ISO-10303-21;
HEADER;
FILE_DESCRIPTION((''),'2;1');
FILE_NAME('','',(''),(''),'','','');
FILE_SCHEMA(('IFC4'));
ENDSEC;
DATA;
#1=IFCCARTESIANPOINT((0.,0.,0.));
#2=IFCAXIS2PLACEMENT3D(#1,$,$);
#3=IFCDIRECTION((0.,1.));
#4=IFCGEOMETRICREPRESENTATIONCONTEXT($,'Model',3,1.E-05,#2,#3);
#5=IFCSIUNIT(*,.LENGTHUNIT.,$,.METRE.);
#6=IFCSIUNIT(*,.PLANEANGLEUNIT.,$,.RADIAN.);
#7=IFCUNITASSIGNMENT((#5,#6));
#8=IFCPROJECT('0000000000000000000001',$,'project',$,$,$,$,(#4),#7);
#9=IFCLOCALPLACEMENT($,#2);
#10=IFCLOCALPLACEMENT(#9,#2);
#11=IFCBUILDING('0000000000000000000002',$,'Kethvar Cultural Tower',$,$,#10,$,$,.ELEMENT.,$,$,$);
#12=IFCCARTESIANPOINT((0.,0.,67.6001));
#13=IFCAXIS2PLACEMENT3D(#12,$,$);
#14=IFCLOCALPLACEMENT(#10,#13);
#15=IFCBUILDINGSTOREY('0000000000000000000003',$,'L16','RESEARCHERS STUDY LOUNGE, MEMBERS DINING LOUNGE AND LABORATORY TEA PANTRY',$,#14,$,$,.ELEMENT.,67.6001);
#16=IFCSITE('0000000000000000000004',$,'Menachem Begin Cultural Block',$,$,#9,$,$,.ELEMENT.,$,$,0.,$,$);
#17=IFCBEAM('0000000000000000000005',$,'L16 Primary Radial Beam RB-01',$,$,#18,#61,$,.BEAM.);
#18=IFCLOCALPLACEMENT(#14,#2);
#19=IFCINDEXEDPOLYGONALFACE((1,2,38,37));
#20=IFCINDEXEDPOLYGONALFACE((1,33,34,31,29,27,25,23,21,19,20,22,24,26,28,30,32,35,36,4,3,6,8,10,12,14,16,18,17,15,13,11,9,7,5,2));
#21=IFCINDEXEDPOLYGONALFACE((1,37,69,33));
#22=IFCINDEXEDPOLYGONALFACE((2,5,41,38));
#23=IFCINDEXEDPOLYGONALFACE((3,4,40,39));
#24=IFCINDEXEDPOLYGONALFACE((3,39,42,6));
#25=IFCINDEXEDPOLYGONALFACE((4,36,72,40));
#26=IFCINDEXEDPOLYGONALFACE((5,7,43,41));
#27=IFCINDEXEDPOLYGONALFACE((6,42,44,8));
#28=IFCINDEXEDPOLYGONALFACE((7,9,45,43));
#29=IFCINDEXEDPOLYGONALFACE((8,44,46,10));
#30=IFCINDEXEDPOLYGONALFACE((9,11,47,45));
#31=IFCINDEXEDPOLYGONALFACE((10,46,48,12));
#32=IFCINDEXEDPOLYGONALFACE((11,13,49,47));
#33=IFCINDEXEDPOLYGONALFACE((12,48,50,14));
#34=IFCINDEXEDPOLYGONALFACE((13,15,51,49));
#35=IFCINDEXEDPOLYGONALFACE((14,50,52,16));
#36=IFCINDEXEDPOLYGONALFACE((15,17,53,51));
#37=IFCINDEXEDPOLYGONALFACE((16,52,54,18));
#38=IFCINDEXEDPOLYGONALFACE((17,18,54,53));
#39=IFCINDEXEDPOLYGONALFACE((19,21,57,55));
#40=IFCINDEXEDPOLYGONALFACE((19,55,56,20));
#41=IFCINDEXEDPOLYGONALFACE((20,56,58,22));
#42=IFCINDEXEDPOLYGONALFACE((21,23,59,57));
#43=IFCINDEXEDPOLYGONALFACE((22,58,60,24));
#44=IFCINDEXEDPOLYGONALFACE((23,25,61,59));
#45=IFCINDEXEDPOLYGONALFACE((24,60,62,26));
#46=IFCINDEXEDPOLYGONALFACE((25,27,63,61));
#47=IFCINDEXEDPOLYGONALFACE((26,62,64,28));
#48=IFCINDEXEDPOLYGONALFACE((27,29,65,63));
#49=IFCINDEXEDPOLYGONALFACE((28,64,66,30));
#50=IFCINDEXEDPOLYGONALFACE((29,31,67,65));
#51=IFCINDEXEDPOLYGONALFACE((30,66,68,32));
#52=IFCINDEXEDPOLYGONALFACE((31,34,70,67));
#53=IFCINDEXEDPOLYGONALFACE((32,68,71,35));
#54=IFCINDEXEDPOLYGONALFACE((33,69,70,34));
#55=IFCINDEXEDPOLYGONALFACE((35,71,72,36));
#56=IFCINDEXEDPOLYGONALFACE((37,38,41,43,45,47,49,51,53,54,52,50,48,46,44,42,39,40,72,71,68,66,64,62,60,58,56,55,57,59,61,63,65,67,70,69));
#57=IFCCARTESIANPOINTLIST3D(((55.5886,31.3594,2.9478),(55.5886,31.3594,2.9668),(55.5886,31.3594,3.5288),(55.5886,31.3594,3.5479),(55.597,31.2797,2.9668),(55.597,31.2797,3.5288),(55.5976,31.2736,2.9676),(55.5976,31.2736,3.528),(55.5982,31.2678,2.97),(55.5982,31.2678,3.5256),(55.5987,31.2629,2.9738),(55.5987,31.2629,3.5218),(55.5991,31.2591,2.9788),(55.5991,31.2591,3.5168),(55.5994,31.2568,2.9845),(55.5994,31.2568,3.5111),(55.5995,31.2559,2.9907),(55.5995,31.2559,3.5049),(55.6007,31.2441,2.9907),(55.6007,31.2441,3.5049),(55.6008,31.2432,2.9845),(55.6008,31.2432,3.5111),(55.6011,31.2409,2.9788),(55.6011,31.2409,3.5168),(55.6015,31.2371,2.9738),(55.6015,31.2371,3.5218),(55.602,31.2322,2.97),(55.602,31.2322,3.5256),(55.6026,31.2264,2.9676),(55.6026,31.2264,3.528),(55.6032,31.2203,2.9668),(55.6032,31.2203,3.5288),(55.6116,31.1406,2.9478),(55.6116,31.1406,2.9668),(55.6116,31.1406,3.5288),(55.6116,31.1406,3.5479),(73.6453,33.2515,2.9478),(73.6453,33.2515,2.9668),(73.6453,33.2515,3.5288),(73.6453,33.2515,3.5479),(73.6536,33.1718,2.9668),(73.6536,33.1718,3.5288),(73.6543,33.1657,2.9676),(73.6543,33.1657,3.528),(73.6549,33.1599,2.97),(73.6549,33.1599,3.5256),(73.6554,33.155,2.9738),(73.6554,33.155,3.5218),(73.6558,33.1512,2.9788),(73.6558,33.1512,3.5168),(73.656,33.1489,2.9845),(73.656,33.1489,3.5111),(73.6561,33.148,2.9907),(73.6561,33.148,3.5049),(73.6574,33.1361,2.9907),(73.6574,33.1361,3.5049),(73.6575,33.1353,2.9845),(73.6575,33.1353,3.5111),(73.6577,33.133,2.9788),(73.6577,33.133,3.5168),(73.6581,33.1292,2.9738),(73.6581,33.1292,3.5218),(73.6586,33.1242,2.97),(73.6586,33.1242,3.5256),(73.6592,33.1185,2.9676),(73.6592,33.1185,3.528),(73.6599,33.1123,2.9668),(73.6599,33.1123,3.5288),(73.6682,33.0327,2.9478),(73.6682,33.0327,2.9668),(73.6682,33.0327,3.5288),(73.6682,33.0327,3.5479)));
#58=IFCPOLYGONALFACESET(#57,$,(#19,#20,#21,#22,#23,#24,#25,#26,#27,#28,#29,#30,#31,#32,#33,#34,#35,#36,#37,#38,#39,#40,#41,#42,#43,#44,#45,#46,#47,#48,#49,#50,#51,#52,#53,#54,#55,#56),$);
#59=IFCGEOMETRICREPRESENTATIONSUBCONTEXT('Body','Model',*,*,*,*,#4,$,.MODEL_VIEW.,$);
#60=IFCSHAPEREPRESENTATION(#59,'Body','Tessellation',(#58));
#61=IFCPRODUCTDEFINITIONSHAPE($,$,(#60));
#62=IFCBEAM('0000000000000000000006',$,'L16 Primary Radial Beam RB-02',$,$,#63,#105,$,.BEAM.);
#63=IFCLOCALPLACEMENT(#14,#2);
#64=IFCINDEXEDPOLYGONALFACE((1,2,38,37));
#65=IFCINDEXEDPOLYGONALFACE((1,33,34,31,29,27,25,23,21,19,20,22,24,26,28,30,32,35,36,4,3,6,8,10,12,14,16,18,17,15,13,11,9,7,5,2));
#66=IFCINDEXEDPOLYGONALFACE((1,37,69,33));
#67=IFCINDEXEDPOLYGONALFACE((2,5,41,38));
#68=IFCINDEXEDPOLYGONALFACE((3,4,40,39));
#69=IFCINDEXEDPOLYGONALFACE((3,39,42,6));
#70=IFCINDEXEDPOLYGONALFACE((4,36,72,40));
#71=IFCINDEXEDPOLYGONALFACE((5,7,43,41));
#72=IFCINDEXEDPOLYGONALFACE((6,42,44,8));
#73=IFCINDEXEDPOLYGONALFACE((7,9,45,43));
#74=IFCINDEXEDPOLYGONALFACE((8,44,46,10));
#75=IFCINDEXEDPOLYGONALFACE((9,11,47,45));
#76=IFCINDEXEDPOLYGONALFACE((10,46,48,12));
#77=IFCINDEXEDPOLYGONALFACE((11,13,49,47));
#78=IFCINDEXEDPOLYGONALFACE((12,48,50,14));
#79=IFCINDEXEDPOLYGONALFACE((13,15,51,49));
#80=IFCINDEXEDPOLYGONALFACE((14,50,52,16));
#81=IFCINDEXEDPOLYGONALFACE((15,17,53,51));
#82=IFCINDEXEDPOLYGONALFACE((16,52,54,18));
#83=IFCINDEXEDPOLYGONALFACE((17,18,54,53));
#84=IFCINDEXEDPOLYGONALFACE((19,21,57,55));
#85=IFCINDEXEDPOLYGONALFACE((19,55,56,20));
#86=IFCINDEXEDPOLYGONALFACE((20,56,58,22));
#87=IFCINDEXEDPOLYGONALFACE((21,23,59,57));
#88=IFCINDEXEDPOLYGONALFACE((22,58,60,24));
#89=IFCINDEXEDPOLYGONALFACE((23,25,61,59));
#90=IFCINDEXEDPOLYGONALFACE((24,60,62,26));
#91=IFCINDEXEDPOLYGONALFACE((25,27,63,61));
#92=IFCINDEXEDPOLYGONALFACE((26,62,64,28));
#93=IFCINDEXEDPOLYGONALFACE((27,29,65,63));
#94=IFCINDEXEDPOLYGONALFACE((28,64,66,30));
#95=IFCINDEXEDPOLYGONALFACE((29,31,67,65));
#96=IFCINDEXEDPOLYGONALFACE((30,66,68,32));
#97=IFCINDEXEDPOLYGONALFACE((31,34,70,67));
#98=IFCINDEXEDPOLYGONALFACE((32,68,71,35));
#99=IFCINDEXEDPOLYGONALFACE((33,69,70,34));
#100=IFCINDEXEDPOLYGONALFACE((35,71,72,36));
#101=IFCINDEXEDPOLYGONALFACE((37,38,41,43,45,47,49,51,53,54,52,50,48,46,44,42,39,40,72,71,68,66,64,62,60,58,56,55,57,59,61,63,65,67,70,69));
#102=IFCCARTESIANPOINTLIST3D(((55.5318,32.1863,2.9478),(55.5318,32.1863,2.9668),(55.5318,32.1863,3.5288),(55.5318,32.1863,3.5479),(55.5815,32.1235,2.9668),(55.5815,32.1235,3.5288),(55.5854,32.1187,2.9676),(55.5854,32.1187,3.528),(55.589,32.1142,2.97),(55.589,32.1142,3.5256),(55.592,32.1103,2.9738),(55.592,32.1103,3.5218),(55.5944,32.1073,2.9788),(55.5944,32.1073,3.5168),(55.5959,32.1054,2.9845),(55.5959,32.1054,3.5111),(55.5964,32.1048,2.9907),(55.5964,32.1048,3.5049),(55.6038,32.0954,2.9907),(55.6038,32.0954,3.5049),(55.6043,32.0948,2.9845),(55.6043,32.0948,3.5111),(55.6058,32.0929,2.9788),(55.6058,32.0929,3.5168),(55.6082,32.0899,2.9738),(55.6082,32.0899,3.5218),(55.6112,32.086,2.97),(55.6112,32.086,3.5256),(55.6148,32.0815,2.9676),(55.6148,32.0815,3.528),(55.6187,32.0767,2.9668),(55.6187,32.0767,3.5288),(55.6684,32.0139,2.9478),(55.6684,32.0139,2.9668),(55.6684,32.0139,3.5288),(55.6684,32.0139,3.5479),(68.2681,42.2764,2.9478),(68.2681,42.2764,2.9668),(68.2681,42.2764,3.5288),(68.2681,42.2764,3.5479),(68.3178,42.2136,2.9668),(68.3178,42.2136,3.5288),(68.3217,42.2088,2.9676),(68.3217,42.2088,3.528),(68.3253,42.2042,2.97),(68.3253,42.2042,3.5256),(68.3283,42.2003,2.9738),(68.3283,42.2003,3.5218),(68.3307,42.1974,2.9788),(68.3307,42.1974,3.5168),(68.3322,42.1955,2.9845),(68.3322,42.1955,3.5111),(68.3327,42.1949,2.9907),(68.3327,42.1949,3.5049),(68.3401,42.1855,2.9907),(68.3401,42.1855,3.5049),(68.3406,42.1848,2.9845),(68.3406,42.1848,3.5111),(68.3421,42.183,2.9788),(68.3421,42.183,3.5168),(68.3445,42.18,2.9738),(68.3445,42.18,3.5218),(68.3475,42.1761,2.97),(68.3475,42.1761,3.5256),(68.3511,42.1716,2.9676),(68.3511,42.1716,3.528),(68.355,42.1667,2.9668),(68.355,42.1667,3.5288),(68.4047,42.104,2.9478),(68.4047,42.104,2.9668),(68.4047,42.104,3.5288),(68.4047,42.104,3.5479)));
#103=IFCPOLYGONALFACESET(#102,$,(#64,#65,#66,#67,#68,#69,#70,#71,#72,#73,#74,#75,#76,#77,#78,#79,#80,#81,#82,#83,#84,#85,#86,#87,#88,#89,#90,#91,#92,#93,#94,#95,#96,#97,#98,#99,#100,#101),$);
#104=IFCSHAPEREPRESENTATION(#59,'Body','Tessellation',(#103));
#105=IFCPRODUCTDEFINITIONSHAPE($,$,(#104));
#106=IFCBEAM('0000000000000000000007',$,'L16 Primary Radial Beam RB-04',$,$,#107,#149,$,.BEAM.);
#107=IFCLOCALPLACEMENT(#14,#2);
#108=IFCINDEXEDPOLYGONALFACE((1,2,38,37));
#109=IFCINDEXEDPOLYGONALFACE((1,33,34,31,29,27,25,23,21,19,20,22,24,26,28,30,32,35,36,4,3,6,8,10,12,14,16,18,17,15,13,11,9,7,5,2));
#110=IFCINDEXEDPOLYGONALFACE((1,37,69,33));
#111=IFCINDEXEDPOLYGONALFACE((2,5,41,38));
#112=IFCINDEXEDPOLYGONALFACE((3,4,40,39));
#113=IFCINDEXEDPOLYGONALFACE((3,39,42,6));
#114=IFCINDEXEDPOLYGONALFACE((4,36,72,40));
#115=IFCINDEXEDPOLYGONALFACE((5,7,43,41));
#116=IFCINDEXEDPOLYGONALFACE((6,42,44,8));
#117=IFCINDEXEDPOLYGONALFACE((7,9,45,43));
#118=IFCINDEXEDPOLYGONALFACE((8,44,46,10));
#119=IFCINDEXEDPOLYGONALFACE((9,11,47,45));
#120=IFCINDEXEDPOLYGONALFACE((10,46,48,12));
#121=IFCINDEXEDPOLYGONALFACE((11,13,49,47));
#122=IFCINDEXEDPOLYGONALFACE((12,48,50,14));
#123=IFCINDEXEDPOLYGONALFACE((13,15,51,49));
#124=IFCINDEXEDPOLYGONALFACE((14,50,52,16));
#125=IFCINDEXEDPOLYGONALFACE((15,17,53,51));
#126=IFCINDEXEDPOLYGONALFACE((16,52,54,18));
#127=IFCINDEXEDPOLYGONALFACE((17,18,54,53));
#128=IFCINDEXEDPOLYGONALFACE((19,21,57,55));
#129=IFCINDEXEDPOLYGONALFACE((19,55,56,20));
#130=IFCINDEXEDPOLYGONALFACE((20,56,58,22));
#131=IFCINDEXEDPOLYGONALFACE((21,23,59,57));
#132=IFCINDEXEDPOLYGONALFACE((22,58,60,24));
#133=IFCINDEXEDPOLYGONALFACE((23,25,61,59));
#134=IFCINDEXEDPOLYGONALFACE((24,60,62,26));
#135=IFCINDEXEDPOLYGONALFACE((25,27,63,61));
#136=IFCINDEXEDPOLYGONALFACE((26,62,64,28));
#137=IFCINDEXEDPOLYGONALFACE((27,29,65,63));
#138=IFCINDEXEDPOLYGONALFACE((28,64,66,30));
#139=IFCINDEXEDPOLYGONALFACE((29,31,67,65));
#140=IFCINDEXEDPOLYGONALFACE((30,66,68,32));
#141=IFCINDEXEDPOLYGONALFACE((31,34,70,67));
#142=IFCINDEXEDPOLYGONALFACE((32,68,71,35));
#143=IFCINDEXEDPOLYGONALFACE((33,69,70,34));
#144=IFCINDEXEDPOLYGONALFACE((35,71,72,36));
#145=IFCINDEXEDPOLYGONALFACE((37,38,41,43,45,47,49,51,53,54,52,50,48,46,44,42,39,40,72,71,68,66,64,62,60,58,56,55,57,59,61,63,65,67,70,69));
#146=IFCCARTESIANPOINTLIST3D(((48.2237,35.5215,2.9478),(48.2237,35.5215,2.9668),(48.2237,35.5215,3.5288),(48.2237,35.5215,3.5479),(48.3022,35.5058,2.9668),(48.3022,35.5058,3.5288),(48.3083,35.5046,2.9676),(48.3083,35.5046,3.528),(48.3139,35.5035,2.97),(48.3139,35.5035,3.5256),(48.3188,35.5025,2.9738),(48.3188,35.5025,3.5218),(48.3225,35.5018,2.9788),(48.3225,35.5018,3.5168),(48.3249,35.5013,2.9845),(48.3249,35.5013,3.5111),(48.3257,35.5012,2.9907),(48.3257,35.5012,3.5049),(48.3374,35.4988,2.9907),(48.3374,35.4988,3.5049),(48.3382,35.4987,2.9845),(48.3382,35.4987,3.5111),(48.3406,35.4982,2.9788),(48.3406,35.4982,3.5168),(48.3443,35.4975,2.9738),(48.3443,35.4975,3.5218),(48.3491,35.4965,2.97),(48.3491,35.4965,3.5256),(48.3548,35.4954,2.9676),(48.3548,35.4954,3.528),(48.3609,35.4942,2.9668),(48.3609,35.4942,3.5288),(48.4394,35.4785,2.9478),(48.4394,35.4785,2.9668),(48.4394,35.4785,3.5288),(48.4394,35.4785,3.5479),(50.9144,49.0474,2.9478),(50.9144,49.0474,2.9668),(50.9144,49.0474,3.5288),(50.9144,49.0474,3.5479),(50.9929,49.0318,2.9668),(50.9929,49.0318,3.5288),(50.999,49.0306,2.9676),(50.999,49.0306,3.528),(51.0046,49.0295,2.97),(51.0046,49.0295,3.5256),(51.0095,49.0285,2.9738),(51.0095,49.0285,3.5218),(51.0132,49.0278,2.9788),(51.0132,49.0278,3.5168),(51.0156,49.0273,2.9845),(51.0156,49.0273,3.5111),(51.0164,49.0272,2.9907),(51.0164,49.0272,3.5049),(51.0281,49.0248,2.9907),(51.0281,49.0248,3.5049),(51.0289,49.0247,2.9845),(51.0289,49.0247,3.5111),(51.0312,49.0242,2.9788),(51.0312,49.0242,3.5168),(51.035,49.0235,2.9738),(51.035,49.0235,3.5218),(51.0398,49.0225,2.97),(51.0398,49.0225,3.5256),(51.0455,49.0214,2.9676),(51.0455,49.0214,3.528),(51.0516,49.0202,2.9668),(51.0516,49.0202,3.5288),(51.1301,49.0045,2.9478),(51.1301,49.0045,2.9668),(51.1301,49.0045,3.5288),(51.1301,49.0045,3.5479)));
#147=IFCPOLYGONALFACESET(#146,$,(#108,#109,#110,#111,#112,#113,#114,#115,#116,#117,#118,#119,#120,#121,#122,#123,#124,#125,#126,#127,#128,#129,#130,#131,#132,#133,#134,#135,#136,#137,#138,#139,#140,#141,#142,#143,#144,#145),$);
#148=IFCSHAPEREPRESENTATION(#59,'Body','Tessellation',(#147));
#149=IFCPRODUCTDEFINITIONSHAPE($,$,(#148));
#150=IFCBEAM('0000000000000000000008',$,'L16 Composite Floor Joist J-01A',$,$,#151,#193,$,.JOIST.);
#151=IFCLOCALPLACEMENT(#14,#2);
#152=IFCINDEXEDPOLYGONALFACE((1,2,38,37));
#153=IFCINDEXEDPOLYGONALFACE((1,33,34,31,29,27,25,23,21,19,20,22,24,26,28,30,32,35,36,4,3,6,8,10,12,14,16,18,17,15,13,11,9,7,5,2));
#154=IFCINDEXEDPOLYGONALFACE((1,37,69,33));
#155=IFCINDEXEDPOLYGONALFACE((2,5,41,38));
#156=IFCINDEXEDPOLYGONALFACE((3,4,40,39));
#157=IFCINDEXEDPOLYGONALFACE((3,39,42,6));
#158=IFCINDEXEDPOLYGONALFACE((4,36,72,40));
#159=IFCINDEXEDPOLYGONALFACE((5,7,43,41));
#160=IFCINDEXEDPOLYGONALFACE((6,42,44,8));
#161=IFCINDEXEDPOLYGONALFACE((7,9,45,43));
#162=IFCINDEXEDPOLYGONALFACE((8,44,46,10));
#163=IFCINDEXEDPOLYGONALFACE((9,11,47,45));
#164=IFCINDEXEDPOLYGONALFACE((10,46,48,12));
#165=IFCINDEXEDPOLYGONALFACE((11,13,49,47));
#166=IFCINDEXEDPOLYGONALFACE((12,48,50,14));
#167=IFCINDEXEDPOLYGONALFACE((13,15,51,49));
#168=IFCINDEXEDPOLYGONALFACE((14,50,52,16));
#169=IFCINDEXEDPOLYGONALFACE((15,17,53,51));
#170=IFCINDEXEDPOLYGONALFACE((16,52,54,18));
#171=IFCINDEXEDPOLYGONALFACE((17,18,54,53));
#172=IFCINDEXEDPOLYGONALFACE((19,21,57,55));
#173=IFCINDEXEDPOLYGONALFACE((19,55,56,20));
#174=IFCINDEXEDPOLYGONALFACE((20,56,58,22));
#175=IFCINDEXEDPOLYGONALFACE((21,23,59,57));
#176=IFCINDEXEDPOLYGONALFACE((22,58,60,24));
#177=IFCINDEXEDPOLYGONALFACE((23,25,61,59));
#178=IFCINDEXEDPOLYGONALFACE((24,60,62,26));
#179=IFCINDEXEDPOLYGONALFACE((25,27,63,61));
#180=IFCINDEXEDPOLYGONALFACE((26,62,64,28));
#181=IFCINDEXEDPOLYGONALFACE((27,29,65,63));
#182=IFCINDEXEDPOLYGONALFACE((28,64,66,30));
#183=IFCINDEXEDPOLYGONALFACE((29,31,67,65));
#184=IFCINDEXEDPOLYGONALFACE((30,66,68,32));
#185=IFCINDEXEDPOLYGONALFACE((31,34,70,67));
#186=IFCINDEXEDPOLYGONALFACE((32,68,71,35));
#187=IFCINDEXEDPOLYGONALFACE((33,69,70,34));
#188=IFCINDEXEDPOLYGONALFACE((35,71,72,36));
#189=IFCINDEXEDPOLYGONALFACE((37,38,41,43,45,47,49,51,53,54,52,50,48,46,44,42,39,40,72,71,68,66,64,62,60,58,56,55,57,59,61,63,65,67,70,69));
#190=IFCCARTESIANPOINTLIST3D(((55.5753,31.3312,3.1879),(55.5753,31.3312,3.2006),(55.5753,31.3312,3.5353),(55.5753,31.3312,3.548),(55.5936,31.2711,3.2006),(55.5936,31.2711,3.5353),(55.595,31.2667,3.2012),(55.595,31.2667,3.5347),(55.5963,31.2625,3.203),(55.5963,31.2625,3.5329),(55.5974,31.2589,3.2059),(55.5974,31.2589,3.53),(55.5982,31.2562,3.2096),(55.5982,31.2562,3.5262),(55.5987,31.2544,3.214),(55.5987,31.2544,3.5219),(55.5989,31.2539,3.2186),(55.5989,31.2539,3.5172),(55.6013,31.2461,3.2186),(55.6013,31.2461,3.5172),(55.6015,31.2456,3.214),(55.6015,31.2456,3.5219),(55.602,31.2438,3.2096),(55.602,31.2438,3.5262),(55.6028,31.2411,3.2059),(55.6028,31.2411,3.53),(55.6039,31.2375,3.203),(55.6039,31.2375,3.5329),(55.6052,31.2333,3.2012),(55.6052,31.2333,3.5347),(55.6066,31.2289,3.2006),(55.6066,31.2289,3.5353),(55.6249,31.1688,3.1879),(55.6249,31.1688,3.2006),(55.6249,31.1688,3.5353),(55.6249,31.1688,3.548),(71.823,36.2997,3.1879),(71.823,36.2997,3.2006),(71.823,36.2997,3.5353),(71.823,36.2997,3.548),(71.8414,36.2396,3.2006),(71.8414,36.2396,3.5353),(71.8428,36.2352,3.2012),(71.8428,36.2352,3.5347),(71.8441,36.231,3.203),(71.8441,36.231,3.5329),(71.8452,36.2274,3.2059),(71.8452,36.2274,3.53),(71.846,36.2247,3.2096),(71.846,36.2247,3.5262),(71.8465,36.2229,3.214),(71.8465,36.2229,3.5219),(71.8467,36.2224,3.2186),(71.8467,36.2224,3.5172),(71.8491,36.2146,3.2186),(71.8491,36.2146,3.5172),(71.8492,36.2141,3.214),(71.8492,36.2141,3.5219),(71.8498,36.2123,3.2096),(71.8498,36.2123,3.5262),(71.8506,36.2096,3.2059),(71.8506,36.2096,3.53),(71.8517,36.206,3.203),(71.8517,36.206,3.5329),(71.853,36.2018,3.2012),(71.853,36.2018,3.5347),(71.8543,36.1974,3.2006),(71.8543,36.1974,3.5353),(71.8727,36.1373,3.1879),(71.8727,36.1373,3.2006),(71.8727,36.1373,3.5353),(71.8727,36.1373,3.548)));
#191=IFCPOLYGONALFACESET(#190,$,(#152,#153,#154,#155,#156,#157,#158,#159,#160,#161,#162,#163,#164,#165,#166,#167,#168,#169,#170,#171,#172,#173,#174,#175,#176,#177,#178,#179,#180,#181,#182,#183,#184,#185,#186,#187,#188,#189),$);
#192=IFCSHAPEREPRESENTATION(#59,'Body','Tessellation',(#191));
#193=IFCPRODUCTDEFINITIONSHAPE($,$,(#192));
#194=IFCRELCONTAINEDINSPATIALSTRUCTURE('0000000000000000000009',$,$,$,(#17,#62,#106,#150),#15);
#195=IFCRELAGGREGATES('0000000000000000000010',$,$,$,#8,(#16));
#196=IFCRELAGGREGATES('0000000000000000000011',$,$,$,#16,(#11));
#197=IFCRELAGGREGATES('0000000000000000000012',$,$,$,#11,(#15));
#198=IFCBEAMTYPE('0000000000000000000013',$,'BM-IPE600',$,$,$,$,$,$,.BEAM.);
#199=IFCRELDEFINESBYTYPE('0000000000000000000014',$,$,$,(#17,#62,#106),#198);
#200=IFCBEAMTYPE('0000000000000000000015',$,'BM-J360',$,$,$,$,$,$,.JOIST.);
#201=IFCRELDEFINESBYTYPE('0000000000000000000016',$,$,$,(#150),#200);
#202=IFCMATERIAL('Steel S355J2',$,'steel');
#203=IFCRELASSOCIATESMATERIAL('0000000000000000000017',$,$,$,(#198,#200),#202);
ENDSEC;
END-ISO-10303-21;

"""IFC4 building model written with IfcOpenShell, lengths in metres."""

from ifc_helpers import new_model, si_unit, direction, frame, origin, origin_2d, place, context, subcontext, project, spatial, i_section, extrude, source, transform, mapped, material, material_profile, profile_set, type_object, element, save


model = new_model("IFC4")

# Units and contexts
model_context = context("Model", 3, precision=1e-05, world=origin(), true_north=direction((0.0, 1.0)))
body_context = subcontext(model_context, "Body", "Model", "MODEL_VIEW")
ifc_project = project(units=[si_unit("LENGTHUNIT", "METRE"), si_unit("PLANEANGLEUNIT", "RADIAN")], contexts=[model_context])

# Site, building, storey
site_placement = place(None, origin())
site = spatial("IfcSite", under=ifc_project, at=site_placement, Name="Menachem Begin Cultural Block", CompositionType="ELEMENT", RefElevation=0.0)
building_placement = place(site_placement, origin())
building = spatial("IfcBuilding", under=site, at=building_placement, Name="Kethvar Cultural Tower", CompositionType="ELEMENT")
storey_placement = place(building_placement, frame((0.0, 0.0, 67.6001)))
storey = spatial("IfcBuildingStorey", under=building, at=storey_placement, Name="L16", Description="RESEARCHERS STUDY LOUNGE, MEMBERS DINING LOUNGE AND LABORATORY TEA PANTRY", CompositionType="ELEMENT", Elevation=67.6001)

# Beams
ifc_material_1 = material(Name="Steel S355J2", Category="steel")
ifc_material_profile_1 = material_profile(ifc_material_1, i_section(OverallWidth=0.22, OverallDepth=0.6001, WebThickness=0.012, FlangeThickness=0.019, FilletRadius=0.0239, at=origin_2d()), Name="Steel S355J2 — IPE600")
ifc_profile_set_1 = profile_set([ifc_material_profile_1], Name="Steel S355J2 — IPE600")
beam_type_1 = type_object("IfcBeamType", Name="BM-IPE600", PredefinedType="BEAM", material=ifc_profile_set_1)
shared_shape_1 = source(origin(), body_context, "Body", "SweptSolid", [
    extrude(i_section(OverallWidth=0.22, OverallDepth=0.6001, WebThickness=0.012, FlangeThickness=0.019, FilletRadius=0.0239, at=origin_2d()), origin(), (0.0, 0.0, 1.0), 18.1555),
])
beam_1_placement = place(storey_placement, frame((55.6001, 31.25, 3.2478), z_axis=(0.994555, 0.104216, 0.0), x_axis=(-0.104216, 0.994555, 0.0)))
element("IfcBeam", 1, at=beam_1_placement, inside=storey, type_object=beam_type_1, Name="L16 Primary Radial Beam RB-01", PredefinedType="BEAM", context=body_context, shape_type="MappedRepresentation", body=[
    mapped(shared_shape_1, transform((0.0, 0.0, 0.0), scale=1.0)),
])
shared_shape_2 = source(origin(), body_context, "Body", "SweptSolid", [
    extrude(i_section(OverallWidth=0.22, OverallDepth=0.6001, WebThickness=0.012, FlangeThickness=0.019, FilletRadius=0.0239, at=origin_2d()), origin(), (0.0, 0.0, 1.0), 16.2488),
])
beam_2_placement = place(storey_placement, frame((55.6001, 32.1001, 3.2478), z_axis=(0.783831, 0.620974, 0.0), x_axis=(-0.620974, 0.783831, 0.0)))
element("IfcBeam", 2, at=beam_2_placement, inside=storey, type_object=beam_type_1, Name="L16 Primary Radial Beam RB-02", PredefinedType="BEAM", context=body_context, shape_type="MappedRepresentation", body=[
    mapped(shared_shape_2, transform((0.0, 0.0, 0.0), scale=1.0)),
])
shared_shape_3 = source(origin(), body_context, "Body", "SweptSolid", [
    extrude(i_section(OverallWidth=0.22, OverallDepth=0.6001, WebThickness=0.012, FlangeThickness=0.019, FilletRadius=0.0239, at=origin_2d()), origin(), (0.0, 0.0, 1.0), 13.791),
])
beam_3_placement = place(storey_placement, frame((48.3315, 35.5, 3.2478), z_axis=(0.195105, 0.980782, 0.0), x_axis=(-0.980782, 0.195105, 0.0)))
element("IfcBeam", 3, at=beam_3_placement, inside=storey, type_object=beam_type_1, Name="L16 Primary Radial Beam RB-04", PredefinedType="BEAM", context=body_context, shape_type="MappedRepresentation", body=[
    mapped(shared_shape_3, transform((0.0, 0.0, 0.0), scale=1.0)),
])
ifc_material_profile_2 = material_profile(ifc_material_1, i_section(OverallWidth=0.1699, OverallDepth=0.3601, WebThickness=0.0081, FlangeThickness=0.0127, FilletRadius=0.0181, at=origin_2d()), Name="Steel S355J2 — IPE360")
ifc_profile_set_2 = profile_set([ifc_material_profile_2], Name="Steel S355J2 — IPE360")
beam_type_2 = type_object("IfcBeamType", Name="BM-J360", PredefinedType="JOIST", material=ifc_profile_set_2)
shared_shape_4 = source(origin(), body_context, "Body", "SweptSolid", [
    extrude(i_section(OverallWidth=0.1699, OverallDepth=0.3601, WebThickness=0.0081, FlangeThickness=0.0127, FilletRadius=0.0181, at=origin_2d()), origin(), (0.0, 0.0, 1.0), 16.9905),
])
beam_4_placement = place(storey_placement, frame((55.6001, 31.25, 3.3679), z_axis=(0.956287, 0.292428, 0.0), x_axis=(-0.292428, 0.956287, 0.0)))
element("IfcBeam", 4, at=beam_4_placement, inside=storey, type_object=beam_type_2, Name="L16 Composite Floor Joist J-01A", PredefinedType="JOIST", context=body_context, shape_type="MappedRepresentation", body=[
    mapped(shared_shape_4, transform((0.0, 0.0, 0.0), scale=1.0)),
])

save(model, "model.ifc")
